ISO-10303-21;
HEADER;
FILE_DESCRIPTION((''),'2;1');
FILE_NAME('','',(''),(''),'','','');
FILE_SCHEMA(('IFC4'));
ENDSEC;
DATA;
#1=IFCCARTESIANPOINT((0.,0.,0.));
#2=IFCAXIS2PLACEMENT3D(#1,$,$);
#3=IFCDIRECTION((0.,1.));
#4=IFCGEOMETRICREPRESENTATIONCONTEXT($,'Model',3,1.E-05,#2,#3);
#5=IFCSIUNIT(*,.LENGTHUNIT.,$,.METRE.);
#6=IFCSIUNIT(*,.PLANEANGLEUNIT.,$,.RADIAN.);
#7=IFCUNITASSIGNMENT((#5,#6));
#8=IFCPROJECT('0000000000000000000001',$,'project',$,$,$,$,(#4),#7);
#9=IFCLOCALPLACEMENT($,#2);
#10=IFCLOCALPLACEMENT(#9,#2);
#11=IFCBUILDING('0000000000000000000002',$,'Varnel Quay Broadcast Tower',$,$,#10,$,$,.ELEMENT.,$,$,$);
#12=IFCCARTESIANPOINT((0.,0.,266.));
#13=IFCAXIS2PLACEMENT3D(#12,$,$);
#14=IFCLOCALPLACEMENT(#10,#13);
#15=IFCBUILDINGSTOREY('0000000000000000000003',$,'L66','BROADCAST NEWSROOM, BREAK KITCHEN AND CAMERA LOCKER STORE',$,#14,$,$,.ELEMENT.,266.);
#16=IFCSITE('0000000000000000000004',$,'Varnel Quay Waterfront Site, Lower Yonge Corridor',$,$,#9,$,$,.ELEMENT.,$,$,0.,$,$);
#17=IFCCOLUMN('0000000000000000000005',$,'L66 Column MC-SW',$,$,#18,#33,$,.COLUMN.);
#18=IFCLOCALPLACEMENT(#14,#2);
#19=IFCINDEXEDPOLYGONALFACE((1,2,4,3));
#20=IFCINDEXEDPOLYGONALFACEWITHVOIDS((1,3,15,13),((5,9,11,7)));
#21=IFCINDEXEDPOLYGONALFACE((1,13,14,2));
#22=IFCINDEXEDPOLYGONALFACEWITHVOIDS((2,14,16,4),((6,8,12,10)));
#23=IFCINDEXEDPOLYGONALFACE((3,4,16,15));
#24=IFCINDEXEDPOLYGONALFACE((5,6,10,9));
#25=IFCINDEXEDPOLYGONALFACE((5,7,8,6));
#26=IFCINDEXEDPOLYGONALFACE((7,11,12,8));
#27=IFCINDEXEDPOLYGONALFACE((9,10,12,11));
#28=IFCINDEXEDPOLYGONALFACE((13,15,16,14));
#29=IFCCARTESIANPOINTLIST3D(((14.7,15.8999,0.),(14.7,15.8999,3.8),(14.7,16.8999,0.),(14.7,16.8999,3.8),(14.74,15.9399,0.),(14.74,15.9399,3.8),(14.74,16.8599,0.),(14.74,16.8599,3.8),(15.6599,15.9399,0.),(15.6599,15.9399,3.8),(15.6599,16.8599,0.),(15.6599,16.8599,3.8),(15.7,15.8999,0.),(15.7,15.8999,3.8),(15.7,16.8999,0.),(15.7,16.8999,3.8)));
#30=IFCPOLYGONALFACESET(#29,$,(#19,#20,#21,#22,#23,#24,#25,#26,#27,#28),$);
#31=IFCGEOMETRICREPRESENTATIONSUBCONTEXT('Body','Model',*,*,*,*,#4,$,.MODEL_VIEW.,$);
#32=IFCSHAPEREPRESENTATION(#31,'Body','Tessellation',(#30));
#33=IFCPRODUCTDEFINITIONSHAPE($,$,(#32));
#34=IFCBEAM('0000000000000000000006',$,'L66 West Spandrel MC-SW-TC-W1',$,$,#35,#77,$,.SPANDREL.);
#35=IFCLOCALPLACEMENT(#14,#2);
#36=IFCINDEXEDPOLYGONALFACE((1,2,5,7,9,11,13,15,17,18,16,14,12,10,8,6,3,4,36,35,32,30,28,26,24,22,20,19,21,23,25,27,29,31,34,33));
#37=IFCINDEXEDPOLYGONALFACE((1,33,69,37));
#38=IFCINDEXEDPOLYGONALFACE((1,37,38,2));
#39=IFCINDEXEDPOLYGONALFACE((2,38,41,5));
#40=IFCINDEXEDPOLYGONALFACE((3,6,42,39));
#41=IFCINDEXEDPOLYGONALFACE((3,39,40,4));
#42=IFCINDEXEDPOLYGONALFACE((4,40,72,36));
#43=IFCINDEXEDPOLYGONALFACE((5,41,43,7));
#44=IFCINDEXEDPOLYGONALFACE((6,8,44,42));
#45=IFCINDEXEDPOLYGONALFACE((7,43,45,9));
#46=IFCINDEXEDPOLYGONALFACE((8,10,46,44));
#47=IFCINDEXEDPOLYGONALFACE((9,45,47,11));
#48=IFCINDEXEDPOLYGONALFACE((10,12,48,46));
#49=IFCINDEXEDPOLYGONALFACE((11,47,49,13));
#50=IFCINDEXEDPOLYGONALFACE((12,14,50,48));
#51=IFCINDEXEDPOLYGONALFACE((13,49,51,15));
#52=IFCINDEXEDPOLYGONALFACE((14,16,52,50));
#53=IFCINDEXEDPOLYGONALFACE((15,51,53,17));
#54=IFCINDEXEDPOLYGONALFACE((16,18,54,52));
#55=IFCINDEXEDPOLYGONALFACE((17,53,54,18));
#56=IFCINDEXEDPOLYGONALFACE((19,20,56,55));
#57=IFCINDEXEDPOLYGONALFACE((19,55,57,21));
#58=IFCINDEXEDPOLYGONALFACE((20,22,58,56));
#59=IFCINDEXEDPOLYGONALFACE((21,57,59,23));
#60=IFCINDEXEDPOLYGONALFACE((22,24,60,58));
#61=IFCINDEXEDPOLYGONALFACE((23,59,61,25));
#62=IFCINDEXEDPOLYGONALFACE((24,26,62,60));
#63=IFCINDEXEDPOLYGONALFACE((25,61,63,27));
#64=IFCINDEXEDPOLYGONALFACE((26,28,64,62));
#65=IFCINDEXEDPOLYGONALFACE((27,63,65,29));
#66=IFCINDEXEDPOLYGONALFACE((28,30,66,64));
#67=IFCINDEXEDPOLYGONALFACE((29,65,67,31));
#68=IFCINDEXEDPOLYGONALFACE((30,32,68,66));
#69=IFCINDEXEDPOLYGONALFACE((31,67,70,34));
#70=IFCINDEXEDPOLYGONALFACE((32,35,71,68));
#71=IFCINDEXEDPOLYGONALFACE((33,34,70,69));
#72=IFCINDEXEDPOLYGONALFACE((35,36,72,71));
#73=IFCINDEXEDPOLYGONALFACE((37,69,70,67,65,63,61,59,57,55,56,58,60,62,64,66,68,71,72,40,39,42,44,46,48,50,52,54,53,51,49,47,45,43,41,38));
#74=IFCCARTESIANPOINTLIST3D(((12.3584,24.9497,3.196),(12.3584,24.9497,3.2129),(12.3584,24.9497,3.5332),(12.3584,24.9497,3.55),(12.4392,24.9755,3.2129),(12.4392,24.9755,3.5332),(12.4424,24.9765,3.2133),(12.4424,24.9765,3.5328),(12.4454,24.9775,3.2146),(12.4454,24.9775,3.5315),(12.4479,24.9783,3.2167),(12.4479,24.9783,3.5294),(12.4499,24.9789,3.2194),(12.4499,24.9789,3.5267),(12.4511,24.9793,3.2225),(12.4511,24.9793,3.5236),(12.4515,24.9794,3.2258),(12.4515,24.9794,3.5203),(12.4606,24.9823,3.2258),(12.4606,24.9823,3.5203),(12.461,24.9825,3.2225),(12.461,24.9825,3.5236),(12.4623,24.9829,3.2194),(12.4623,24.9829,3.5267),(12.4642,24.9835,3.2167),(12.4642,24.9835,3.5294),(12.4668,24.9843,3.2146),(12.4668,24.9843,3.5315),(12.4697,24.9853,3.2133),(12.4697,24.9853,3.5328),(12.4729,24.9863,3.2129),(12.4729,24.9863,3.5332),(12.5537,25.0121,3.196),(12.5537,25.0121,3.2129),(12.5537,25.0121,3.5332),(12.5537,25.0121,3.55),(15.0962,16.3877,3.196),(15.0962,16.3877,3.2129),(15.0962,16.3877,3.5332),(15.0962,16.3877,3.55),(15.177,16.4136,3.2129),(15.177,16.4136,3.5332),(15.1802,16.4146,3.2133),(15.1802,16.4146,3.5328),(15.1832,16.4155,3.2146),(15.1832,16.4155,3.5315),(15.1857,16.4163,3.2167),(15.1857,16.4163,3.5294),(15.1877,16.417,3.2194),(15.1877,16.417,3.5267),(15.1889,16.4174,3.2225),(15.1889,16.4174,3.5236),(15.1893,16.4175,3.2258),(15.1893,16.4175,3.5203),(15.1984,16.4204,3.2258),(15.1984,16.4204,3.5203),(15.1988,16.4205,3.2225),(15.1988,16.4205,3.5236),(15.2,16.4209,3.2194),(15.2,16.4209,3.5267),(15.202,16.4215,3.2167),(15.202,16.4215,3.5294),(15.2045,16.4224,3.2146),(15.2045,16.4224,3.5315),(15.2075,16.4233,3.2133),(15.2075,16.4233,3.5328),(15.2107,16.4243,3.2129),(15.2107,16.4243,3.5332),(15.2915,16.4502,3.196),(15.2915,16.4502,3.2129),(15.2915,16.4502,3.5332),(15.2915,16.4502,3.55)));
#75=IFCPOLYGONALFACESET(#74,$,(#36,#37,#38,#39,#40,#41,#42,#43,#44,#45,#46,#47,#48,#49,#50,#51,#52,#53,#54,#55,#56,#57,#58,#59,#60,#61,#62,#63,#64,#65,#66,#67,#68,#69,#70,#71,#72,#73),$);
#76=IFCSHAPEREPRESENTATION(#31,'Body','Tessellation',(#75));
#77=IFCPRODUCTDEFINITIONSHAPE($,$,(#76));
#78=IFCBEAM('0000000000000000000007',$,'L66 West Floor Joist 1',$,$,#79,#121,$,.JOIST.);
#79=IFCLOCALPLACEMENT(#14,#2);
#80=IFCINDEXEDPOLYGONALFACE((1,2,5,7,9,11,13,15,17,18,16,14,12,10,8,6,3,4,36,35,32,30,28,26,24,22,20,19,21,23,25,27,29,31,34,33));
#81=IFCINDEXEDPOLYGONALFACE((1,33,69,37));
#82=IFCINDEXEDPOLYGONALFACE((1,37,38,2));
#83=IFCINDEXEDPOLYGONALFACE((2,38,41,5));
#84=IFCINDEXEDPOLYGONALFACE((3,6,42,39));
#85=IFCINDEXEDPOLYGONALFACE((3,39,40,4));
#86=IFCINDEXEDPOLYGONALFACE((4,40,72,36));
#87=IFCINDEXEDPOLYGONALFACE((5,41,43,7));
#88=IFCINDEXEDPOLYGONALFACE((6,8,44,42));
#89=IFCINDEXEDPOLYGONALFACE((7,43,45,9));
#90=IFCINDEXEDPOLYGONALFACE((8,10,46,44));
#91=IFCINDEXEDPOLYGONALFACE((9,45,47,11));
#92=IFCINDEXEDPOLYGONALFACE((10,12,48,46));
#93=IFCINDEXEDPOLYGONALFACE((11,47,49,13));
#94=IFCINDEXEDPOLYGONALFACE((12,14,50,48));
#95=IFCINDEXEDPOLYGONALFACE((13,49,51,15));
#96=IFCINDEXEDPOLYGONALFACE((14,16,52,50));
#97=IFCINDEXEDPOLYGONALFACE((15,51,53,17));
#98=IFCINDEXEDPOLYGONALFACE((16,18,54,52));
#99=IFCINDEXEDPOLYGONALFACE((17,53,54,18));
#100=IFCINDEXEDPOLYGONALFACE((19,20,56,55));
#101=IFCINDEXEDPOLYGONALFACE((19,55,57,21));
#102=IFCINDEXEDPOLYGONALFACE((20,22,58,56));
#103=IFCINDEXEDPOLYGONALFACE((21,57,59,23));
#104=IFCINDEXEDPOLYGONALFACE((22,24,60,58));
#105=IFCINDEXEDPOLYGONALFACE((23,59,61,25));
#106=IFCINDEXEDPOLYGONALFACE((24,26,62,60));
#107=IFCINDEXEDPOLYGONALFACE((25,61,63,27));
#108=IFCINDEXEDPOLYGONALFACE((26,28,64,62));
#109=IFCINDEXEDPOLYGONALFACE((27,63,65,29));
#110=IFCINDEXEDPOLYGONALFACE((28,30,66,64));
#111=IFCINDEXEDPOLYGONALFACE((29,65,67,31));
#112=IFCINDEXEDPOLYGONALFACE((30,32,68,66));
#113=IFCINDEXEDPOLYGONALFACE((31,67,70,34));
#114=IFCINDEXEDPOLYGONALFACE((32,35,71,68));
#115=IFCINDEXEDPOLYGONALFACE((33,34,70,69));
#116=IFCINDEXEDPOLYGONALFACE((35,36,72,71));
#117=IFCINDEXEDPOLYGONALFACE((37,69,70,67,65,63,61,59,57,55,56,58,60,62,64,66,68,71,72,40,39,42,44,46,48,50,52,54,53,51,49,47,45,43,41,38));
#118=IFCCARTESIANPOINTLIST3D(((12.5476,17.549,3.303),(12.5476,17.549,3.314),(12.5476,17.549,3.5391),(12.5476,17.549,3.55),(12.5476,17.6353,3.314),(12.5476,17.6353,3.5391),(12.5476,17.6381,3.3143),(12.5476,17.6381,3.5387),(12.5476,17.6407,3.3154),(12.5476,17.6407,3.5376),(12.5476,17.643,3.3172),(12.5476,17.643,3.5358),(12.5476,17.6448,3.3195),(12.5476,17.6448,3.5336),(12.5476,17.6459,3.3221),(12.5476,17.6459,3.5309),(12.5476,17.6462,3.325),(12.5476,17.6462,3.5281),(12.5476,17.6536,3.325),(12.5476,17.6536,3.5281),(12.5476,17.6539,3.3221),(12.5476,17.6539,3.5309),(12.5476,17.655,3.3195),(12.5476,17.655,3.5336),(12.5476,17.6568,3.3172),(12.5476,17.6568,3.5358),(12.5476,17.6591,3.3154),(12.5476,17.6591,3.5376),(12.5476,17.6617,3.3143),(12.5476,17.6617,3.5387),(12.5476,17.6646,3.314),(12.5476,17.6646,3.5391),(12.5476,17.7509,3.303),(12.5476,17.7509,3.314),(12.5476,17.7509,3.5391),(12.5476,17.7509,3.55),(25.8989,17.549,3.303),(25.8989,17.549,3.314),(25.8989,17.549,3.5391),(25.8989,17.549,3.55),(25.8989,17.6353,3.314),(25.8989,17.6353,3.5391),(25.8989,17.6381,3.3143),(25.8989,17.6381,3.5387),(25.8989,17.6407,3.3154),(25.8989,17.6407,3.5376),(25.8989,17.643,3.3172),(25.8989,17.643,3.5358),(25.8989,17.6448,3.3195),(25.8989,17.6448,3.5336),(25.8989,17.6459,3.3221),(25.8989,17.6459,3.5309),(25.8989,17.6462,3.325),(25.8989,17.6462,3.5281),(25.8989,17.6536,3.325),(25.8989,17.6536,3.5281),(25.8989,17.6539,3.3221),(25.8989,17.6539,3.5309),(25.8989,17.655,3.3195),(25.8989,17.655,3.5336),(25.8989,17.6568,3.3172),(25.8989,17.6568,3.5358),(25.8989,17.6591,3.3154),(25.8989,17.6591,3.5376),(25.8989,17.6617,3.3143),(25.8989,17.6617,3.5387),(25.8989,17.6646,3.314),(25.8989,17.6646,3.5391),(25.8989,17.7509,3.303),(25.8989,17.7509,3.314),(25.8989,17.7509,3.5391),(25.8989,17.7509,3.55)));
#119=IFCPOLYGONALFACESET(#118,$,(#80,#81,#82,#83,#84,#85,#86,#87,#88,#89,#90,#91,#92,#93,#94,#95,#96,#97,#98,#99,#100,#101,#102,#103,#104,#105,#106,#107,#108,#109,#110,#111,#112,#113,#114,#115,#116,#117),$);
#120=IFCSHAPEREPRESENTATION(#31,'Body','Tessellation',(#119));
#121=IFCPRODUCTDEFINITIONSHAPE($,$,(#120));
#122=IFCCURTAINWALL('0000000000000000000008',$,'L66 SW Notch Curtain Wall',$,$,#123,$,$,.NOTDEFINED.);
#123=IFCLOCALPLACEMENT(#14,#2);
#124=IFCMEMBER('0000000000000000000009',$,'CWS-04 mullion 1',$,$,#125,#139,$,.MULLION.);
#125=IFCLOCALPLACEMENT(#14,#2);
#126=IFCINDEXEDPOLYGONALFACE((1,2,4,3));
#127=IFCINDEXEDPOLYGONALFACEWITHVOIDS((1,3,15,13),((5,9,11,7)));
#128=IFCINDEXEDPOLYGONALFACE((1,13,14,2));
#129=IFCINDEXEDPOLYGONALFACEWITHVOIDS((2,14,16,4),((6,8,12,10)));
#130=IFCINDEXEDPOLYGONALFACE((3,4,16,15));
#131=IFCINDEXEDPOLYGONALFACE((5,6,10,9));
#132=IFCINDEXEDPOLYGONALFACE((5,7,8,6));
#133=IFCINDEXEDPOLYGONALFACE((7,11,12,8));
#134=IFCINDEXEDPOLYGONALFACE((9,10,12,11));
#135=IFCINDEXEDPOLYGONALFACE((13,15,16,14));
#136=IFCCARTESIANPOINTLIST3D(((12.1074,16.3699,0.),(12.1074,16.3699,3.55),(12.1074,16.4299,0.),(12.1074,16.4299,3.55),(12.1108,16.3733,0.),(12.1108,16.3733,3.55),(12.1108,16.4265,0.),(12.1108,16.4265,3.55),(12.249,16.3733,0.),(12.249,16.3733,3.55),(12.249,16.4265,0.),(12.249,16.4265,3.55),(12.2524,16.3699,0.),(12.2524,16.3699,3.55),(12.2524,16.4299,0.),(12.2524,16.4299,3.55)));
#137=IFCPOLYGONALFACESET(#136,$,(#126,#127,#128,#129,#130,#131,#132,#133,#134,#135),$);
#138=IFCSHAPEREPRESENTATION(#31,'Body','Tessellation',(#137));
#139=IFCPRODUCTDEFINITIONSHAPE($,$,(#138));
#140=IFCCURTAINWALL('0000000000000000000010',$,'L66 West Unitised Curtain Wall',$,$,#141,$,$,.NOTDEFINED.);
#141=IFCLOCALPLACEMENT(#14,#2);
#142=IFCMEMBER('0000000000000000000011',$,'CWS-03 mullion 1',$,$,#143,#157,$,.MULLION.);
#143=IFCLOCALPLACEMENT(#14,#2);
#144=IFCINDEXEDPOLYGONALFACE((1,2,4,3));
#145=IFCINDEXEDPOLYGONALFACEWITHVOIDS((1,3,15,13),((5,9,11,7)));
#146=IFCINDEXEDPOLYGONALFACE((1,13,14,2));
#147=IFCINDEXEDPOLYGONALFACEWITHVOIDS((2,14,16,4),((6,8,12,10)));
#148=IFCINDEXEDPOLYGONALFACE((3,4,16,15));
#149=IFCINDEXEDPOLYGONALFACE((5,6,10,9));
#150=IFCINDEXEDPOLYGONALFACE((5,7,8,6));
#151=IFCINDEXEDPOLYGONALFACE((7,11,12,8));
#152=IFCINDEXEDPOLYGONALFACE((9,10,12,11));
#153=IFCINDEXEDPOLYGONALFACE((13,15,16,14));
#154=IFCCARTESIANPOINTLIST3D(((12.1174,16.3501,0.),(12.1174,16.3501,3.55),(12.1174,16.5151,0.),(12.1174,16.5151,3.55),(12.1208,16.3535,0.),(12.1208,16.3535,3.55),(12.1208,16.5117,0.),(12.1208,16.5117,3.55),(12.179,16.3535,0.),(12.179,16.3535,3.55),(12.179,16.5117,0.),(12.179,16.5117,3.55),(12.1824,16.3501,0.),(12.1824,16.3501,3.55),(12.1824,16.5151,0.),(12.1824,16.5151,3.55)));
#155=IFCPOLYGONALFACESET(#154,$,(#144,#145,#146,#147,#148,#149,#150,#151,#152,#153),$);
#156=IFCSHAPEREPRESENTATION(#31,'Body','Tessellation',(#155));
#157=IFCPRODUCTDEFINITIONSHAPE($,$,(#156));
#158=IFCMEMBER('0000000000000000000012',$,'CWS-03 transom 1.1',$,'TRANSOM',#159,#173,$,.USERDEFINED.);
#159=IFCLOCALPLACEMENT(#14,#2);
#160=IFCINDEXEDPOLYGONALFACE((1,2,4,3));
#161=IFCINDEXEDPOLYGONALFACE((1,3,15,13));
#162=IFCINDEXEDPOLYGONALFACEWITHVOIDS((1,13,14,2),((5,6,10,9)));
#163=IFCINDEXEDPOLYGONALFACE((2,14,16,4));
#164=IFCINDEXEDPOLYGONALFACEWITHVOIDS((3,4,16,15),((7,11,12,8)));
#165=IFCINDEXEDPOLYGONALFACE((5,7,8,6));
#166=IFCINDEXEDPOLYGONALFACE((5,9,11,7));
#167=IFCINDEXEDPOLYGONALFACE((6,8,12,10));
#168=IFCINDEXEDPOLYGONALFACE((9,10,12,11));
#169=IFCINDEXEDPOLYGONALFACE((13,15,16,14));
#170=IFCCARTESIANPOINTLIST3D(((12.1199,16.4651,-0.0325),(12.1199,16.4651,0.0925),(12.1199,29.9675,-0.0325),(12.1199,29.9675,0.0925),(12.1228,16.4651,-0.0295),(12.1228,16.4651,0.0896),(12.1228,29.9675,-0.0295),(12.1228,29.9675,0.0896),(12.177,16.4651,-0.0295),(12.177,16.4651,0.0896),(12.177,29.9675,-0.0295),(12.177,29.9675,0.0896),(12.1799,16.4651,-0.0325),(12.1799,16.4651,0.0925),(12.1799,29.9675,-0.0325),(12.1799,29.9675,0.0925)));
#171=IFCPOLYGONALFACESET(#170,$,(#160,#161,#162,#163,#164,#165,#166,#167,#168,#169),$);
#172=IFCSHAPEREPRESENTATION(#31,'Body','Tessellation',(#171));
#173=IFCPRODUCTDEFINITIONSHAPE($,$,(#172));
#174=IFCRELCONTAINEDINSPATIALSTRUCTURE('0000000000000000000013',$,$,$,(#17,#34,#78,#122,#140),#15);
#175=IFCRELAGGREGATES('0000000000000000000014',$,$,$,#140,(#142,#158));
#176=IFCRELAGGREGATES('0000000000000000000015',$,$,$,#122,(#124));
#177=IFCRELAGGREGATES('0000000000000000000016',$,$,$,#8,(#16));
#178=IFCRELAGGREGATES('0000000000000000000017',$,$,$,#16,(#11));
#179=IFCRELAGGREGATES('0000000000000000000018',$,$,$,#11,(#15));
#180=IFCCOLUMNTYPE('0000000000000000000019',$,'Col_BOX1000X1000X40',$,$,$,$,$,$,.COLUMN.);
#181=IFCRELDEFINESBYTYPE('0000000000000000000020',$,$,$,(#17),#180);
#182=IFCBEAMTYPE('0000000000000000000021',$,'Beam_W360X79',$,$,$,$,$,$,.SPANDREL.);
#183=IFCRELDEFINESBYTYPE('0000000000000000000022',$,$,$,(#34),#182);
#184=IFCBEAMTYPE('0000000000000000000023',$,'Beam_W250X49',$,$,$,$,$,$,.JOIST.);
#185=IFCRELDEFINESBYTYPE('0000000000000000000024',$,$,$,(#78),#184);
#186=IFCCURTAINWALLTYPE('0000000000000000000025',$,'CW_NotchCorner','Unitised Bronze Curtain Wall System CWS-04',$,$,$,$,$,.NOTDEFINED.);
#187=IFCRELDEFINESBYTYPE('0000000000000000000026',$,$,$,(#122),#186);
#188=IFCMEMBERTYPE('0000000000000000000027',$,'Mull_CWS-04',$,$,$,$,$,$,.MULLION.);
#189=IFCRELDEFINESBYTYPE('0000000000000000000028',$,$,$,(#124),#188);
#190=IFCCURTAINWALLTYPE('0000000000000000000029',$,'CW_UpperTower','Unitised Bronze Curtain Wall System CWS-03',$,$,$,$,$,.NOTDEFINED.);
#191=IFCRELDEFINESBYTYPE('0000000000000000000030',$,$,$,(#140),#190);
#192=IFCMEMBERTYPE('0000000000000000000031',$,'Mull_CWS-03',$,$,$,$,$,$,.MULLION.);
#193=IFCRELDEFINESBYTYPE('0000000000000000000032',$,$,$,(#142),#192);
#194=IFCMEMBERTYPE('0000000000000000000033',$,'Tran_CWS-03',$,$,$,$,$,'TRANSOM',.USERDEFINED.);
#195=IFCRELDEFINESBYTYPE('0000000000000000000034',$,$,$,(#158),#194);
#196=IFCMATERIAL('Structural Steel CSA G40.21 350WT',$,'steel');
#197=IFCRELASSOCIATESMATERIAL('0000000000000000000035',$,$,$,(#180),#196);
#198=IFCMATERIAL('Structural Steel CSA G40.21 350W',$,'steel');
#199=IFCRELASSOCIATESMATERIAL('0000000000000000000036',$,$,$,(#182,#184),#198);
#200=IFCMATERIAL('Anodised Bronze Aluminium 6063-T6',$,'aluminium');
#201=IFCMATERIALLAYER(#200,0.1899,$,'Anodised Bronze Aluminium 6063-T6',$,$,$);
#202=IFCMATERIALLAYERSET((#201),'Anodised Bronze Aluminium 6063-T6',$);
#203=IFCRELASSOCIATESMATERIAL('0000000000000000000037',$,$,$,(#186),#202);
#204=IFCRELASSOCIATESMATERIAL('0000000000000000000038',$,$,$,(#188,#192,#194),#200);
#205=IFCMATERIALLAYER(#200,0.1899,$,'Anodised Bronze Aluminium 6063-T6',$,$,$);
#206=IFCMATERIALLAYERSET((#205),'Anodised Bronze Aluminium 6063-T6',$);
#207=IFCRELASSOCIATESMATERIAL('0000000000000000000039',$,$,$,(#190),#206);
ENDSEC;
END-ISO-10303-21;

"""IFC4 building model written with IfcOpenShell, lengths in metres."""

from ifc_helpers import new_model, si_unit, direction, frame, origin, origin_2d, place, context, subcontext, project, spatial, hollow_rectangle, i_section, extrude, source, transform, mapped, material, layer, layer_set, material_profile, profile_set, type_object, type_shapes, element, aggregate, save


model = new_model("IFC4")

# Units and contexts
model_context = context("Model", 3, precision=1e-05, world=origin(), true_north=direction((0.0, 1.0)))
body_context = subcontext(model_context, "Body", "Model", "MODEL_VIEW")
ifc_project = project(units=[si_unit("LENGTHUNIT", "METRE"), si_unit("PLANEANGLEUNIT", "RADIAN")], contexts=[model_context])

# Site, building, storey
site_placement = place(None, origin())
site = spatial("IfcSite", under=ifc_project, at=site_placement, Name="Varnel Quay Waterfront Site, Lower Yonge Corridor", CompositionType="ELEMENT", RefElevation=0.0)
building_placement = place(site_placement, origin())
building = spatial("IfcBuilding", under=site, at=building_placement, Name="Varnel Quay Broadcast Tower", CompositionType="ELEMENT")
storey_placement = place(building_placement, frame((0.0, 0.0, 266.0)))
storey = spatial("IfcBuildingStorey", under=building, at=storey_placement, Name="L66", Description="BROADCAST NEWSROOM, BREAK KITCHEN AND CAMERA LOCKER STORE", CompositionType="ELEMENT", Elevation=266.0)

# Column
ifc_material_1 = material(Name="Structural Steel CSA G40.21 350WT", Category="steel")
ifc_material_profile_1 = material_profile(ifc_material_1, hollow_rectangle(XDim=1.0, YDim=1.0, WallThickness=0.04, at=origin_2d()), Name="BOX1000X1000X40")
ifc_profile_set_1 = profile_set([ifc_material_profile_1], Name="Structural Steel CSA G40.21 350WT")
column_type = type_object("IfcColumnType", Name="Col_BOX1000X1000X40", PredefinedType="COLUMN", material=ifc_profile_set_1)
shared_shape_1 = source(origin(), body_context, "Body", "SweptSolid", [
    extrude(hollow_rectangle(XDim=1.0, YDim=1.0, WallThickness=0.04, at=origin_2d()), origin(), (0.0, 0.0, 1.0), 3.8),
])
type_shapes(column_type, [shared_shape_1])
column_placement = place(storey_placement, frame((15.2, 16.3999, 0.0), z_axis=(0.0, 0.0, 1.0), x_axis=(1.0, 0.0, 0.0)))
element("IfcColumn", 1, at=column_placement, inside=storey, type_object=column_type, Name="L66 Column MC-SW", PredefinedType="COLUMN", context=body_context, shape_type="MappedRepresentation", body=[
    mapped(shared_shape_1, transform((0.0, 0.0, 0.0), x_axis=(1.0, 0.0, 0.0), y_axis=(0.0, 1.0, 0.0), z_axis=(0.0, 0.0, 1.0), scale=1.0)),
])

# Beams
ifc_material_2 = material(Name="Structural Steel CSA G40.21 350W", Category="steel")
ifc_material_profile_2 = material_profile(ifc_material_2, i_section(OverallWidth=0.2051, OverallDepth=0.354, WebThickness=0.0095, FlangeThickness=0.0168, FilletRadius=0.0129, at=origin_2d()), Name="W360X79")
ifc_profile_set_2 = profile_set([ifc_material_profile_2], Name="Structural Steel CSA G40.21 350W")
beam_type_1 = type_object("IfcBeamType", Name="Beam_W360X79", PredefinedType="SPANDREL", material=ifc_profile_set_2)
shared_shape_2 = source(origin(), body_context, "Body", "SweptSolid", [
    extrude(i_section(OverallWidth=0.2051, OverallDepth=0.354, WebThickness=0.0095, FlangeThickness=0.0168, FilletRadius=0.0129, at=origin_2d()), origin(), (0.0, 0.0, 1.0), 8.989),
])
type_shapes(beam_type_1, [shared_shape_2])
beam_1_placement = place(storey_placement, frame((15.1938, 16.4189, 3.373), z_axis=(-0.304569, 0.95249, 0.0), x_axis=(-0.95249, -0.304569, 0.0)))
element("IfcBeam", 2, at=beam_1_placement, inside=storey, type_object=beam_type_1, Name="L66 West Spandrel MC-SW-TC-W1", PredefinedType="SPANDREL", context=body_context, shape_type="MappedRepresentation", body=[
    mapped(shared_shape_2, transform((0.0, 0.0, 0.0), x_axis=(1.0, 0.0, 0.0), y_axis=(0.0, 1.0, 0.0), z_axis=(0.0, 0.0, 1.0), scale=1.0)),
])
ifc_material_profile_3 = material_profile(ifc_material_2, i_section(OverallWidth=0.2019, OverallDepth=0.2471, WebThickness=0.0073, FlangeThickness=0.011, FilletRadius=0.011, at=origin_2d()), Name="W250X49")
ifc_profile_set_3 = profile_set([ifc_material_profile_3], Name="Structural Steel CSA G40.21 350W")
beam_type_2 = type_object("IfcBeamType", Name="Beam_W250X49", PredefinedType="JOIST", material=ifc_profile_set_3)
shared_shape_3 = source(origin(), body_context, "Body", "SweptSolid", [
    extrude(i_section(OverallWidth=0.2019, OverallDepth=0.2471, WebThickness=0.0073, FlangeThickness=0.011, FilletRadius=0.011, at=origin_2d()), origin(), (0.0, 0.0, 1.0), 13.3513),
])
type_shapes(beam_type_2, [shared_shape_3])
beam_2_placement = place(storey_placement, frame((12.5476, 17.6499, 3.4265), z_axis=(1.0, 0.0, 0.0), x_axis=(0.0, 1.0, 0.0)))
element("IfcBeam", 3, at=beam_2_placement, inside=storey, type_object=beam_type_2, Name="L66 West Floor Joist 1", PredefinedType="JOIST", context=body_context, shape_type="MappedRepresentation", body=[
    mapped(shared_shape_3, transform((0.0, 0.0, 0.0), x_axis=(1.0, 0.0, 0.0), y_axis=(0.0, 1.0, 0.0), z_axis=(0.0, 0.0, 1.0), scale=1.0)),
])

# Curtain wall, member
ifc_material_3 = material(Name="Anodised Bronze Aluminium 6063-T6", Category="aluminium")
ifc_layer_1 = layer(ifc_material_3, 0.1899, Name="Anodised Bronze Aluminium 6063-T6")
ifc_layer_set_1 = layer_set([ifc_layer_1], Name="Anodised Bronze Aluminium 6063-T6")
curtain_wall_type_1 = type_object("IfcCurtainWallType", Name="CW_NotchCorner", Description="Unitised Bronze Curtain Wall System CWS-04", PredefinedType="NOTDEFINED", material=ifc_layer_set_1)
curtain_wall_1_placement = place(storey_placement, origin())
curtain_wall_1 = element("IfcCurtainWall", 4, at=curtain_wall_1_placement, inside=storey, type_object=curtain_wall_type_1, Name="L66 SW Notch Curtain Wall", PredefinedType="NOTDEFINED")
ifc_material_profile_4 = material_profile(ifc_material_3, hollow_rectangle(XDim=0.0601, YDim=0.145, WallThickness=0.0034, at=origin_2d()), Name="ALU60X145X3.5")
ifc_profile_set_4 = profile_set([ifc_material_profile_4], Name="Anodised Bronze Aluminium 6063-T6")
member_type_1 = type_object("IfcMemberType", Name="Mull_CWS-04", PredefinedType="MULLION", material=ifc_profile_set_4)
shared_shape_4 = source(origin(), body_context, "Body", "SweptSolid", [
    extrude(hollow_rectangle(XDim=0.0601, YDim=0.145, WallThickness=0.0034, at=origin_2d()), origin(), (0.0, 0.0, 1.0), 3.55),
])
type_shapes(member_type_1, [shared_shape_4])
member_1_placement = place(storey_placement, frame((12.1799, 16.3999, 0.0), z_axis=(0.0, 0.0, 1.0), x_axis=(0.0, 1.0, 0.0)))
member_1 = element("IfcMember", 5, at=member_1_placement, type_object=member_type_1, Name="CWS-04 mullion 1", PredefinedType="MULLION", context=body_context, shape_type="MappedRepresentation", body=[
    mapped(shared_shape_4, transform((0.0, 0.0, 0.0), x_axis=(1.0, 0.0, 0.0), y_axis=(0.0, 1.0, 0.0), z_axis=(0.0, 0.0, 1.0), scale=1.0)),
])

# Curtain wall, members
ifc_layer_2 = layer(ifc_material_3, 0.1899, Name="Anodised Bronze Aluminium 6063-T6")
ifc_layer_set_2 = layer_set([ifc_layer_2], Name="Anodised Bronze Aluminium 6063-T6")
curtain_wall_type_2 = type_object("IfcCurtainWallType", Name="CW_UpperTower", Description="Unitised Bronze Curtain Wall System CWS-03", PredefinedType="NOTDEFINED", material=ifc_layer_set_2)
curtain_wall_2_placement = place(storey_placement, origin())
curtain_wall_2 = element("IfcCurtainWall", 6, at=curtain_wall_2_placement, inside=storey, type_object=curtain_wall_type_2, Name="L66 West Unitised Curtain Wall", PredefinedType="NOTDEFINED")
ifc_material_profile_5 = material_profile(ifc_material_3, hollow_rectangle(XDim=0.0649, YDim=0.165, WallThickness=0.0034, at=origin_2d()), Name="ALU65X165X3.5")
ifc_profile_set_5 = profile_set([ifc_material_profile_5], Name="Anodised Bronze Aluminium 6063-T6")
member_type_2 = type_object("IfcMemberType", Name="Mull_CWS-03", PredefinedType="MULLION", material=ifc_profile_set_5)
shared_shape_5 = source(origin(), body_context, "Body", "SweptSolid", [
    extrude(hollow_rectangle(XDim=0.0649, YDim=0.165, WallThickness=0.0034, at=origin_2d()), origin(), (0.0, 0.0, 1.0), 3.55),
])
type_shapes(member_type_2, [shared_shape_5])
member_2_placement = place(storey_placement, frame((12.1499, 16.4326, 0.0), z_axis=(0.0, 0.0, 1.0), x_axis=(-1.0, 0.0, 0.0)))
member_2 = element("IfcMember", 7, at=member_2_placement, type_object=member_type_2, Name="CWS-03 mullion 1", PredefinedType="MULLION", context=body_context, shape_type="MappedRepresentation", body=[
    mapped(shared_shape_5, transform((0.0, 0.0, 0.0), x_axis=(1.0, 0.0, 0.0), y_axis=(0.0, 1.0, 0.0), z_axis=(0.0, 0.0, 1.0), scale=1.0)),
])
ifc_material_profile_6 = material_profile(ifc_material_3, hollow_rectangle(XDim=0.0601, YDim=0.125, WallThickness=0.0029, at=origin_2d()), Name="ALU60X125X3")
ifc_profile_set_6 = profile_set([ifc_material_profile_6], Name="Anodised Bronze Aluminium 6063-T6")
member_type_3 = type_object("IfcMemberType", Name="Tran_CWS-03", ElementType="TRANSOM", PredefinedType="USERDEFINED", material=ifc_profile_set_6)
shared_shape_6 = source(origin(), body_context, "Body", "SweptSolid", [
    extrude(hollow_rectangle(XDim=0.0601, YDim=0.125, WallThickness=0.0029, at=origin_2d()), origin(), (0.0, 0.0, 1.0), 13.5024),
])
type_shapes(member_type_3, [shared_shape_6])
member_3_placement = place(storey_placement, frame((12.1499, 16.4651, 0.03), z_axis=(0.0, 1.0, 0.0), x_axis=(-1.0, 0.0, 0.0)))
member_3 = element("IfcMember", 8, at=member_3_placement, type_object=member_type_3, Name="CWS-03 transom 1.1", ObjectType="TRANSOM", PredefinedType="USERDEFINED", context=body_context, shape_type="MappedRepresentation", body=[
    mapped(shared_shape_6, transform((0.0, 0.0, 0.0), x_axis=(1.0, 0.0, 0.0), y_axis=(0.0, 1.0, 0.0), z_axis=(0.0, 0.0, 1.0), scale=1.0)),
])
aggregate(curtain_wall_2, [member_2, member_3])

aggregate(curtain_wall_1, [member_1])

save(model, "model.ifc")
